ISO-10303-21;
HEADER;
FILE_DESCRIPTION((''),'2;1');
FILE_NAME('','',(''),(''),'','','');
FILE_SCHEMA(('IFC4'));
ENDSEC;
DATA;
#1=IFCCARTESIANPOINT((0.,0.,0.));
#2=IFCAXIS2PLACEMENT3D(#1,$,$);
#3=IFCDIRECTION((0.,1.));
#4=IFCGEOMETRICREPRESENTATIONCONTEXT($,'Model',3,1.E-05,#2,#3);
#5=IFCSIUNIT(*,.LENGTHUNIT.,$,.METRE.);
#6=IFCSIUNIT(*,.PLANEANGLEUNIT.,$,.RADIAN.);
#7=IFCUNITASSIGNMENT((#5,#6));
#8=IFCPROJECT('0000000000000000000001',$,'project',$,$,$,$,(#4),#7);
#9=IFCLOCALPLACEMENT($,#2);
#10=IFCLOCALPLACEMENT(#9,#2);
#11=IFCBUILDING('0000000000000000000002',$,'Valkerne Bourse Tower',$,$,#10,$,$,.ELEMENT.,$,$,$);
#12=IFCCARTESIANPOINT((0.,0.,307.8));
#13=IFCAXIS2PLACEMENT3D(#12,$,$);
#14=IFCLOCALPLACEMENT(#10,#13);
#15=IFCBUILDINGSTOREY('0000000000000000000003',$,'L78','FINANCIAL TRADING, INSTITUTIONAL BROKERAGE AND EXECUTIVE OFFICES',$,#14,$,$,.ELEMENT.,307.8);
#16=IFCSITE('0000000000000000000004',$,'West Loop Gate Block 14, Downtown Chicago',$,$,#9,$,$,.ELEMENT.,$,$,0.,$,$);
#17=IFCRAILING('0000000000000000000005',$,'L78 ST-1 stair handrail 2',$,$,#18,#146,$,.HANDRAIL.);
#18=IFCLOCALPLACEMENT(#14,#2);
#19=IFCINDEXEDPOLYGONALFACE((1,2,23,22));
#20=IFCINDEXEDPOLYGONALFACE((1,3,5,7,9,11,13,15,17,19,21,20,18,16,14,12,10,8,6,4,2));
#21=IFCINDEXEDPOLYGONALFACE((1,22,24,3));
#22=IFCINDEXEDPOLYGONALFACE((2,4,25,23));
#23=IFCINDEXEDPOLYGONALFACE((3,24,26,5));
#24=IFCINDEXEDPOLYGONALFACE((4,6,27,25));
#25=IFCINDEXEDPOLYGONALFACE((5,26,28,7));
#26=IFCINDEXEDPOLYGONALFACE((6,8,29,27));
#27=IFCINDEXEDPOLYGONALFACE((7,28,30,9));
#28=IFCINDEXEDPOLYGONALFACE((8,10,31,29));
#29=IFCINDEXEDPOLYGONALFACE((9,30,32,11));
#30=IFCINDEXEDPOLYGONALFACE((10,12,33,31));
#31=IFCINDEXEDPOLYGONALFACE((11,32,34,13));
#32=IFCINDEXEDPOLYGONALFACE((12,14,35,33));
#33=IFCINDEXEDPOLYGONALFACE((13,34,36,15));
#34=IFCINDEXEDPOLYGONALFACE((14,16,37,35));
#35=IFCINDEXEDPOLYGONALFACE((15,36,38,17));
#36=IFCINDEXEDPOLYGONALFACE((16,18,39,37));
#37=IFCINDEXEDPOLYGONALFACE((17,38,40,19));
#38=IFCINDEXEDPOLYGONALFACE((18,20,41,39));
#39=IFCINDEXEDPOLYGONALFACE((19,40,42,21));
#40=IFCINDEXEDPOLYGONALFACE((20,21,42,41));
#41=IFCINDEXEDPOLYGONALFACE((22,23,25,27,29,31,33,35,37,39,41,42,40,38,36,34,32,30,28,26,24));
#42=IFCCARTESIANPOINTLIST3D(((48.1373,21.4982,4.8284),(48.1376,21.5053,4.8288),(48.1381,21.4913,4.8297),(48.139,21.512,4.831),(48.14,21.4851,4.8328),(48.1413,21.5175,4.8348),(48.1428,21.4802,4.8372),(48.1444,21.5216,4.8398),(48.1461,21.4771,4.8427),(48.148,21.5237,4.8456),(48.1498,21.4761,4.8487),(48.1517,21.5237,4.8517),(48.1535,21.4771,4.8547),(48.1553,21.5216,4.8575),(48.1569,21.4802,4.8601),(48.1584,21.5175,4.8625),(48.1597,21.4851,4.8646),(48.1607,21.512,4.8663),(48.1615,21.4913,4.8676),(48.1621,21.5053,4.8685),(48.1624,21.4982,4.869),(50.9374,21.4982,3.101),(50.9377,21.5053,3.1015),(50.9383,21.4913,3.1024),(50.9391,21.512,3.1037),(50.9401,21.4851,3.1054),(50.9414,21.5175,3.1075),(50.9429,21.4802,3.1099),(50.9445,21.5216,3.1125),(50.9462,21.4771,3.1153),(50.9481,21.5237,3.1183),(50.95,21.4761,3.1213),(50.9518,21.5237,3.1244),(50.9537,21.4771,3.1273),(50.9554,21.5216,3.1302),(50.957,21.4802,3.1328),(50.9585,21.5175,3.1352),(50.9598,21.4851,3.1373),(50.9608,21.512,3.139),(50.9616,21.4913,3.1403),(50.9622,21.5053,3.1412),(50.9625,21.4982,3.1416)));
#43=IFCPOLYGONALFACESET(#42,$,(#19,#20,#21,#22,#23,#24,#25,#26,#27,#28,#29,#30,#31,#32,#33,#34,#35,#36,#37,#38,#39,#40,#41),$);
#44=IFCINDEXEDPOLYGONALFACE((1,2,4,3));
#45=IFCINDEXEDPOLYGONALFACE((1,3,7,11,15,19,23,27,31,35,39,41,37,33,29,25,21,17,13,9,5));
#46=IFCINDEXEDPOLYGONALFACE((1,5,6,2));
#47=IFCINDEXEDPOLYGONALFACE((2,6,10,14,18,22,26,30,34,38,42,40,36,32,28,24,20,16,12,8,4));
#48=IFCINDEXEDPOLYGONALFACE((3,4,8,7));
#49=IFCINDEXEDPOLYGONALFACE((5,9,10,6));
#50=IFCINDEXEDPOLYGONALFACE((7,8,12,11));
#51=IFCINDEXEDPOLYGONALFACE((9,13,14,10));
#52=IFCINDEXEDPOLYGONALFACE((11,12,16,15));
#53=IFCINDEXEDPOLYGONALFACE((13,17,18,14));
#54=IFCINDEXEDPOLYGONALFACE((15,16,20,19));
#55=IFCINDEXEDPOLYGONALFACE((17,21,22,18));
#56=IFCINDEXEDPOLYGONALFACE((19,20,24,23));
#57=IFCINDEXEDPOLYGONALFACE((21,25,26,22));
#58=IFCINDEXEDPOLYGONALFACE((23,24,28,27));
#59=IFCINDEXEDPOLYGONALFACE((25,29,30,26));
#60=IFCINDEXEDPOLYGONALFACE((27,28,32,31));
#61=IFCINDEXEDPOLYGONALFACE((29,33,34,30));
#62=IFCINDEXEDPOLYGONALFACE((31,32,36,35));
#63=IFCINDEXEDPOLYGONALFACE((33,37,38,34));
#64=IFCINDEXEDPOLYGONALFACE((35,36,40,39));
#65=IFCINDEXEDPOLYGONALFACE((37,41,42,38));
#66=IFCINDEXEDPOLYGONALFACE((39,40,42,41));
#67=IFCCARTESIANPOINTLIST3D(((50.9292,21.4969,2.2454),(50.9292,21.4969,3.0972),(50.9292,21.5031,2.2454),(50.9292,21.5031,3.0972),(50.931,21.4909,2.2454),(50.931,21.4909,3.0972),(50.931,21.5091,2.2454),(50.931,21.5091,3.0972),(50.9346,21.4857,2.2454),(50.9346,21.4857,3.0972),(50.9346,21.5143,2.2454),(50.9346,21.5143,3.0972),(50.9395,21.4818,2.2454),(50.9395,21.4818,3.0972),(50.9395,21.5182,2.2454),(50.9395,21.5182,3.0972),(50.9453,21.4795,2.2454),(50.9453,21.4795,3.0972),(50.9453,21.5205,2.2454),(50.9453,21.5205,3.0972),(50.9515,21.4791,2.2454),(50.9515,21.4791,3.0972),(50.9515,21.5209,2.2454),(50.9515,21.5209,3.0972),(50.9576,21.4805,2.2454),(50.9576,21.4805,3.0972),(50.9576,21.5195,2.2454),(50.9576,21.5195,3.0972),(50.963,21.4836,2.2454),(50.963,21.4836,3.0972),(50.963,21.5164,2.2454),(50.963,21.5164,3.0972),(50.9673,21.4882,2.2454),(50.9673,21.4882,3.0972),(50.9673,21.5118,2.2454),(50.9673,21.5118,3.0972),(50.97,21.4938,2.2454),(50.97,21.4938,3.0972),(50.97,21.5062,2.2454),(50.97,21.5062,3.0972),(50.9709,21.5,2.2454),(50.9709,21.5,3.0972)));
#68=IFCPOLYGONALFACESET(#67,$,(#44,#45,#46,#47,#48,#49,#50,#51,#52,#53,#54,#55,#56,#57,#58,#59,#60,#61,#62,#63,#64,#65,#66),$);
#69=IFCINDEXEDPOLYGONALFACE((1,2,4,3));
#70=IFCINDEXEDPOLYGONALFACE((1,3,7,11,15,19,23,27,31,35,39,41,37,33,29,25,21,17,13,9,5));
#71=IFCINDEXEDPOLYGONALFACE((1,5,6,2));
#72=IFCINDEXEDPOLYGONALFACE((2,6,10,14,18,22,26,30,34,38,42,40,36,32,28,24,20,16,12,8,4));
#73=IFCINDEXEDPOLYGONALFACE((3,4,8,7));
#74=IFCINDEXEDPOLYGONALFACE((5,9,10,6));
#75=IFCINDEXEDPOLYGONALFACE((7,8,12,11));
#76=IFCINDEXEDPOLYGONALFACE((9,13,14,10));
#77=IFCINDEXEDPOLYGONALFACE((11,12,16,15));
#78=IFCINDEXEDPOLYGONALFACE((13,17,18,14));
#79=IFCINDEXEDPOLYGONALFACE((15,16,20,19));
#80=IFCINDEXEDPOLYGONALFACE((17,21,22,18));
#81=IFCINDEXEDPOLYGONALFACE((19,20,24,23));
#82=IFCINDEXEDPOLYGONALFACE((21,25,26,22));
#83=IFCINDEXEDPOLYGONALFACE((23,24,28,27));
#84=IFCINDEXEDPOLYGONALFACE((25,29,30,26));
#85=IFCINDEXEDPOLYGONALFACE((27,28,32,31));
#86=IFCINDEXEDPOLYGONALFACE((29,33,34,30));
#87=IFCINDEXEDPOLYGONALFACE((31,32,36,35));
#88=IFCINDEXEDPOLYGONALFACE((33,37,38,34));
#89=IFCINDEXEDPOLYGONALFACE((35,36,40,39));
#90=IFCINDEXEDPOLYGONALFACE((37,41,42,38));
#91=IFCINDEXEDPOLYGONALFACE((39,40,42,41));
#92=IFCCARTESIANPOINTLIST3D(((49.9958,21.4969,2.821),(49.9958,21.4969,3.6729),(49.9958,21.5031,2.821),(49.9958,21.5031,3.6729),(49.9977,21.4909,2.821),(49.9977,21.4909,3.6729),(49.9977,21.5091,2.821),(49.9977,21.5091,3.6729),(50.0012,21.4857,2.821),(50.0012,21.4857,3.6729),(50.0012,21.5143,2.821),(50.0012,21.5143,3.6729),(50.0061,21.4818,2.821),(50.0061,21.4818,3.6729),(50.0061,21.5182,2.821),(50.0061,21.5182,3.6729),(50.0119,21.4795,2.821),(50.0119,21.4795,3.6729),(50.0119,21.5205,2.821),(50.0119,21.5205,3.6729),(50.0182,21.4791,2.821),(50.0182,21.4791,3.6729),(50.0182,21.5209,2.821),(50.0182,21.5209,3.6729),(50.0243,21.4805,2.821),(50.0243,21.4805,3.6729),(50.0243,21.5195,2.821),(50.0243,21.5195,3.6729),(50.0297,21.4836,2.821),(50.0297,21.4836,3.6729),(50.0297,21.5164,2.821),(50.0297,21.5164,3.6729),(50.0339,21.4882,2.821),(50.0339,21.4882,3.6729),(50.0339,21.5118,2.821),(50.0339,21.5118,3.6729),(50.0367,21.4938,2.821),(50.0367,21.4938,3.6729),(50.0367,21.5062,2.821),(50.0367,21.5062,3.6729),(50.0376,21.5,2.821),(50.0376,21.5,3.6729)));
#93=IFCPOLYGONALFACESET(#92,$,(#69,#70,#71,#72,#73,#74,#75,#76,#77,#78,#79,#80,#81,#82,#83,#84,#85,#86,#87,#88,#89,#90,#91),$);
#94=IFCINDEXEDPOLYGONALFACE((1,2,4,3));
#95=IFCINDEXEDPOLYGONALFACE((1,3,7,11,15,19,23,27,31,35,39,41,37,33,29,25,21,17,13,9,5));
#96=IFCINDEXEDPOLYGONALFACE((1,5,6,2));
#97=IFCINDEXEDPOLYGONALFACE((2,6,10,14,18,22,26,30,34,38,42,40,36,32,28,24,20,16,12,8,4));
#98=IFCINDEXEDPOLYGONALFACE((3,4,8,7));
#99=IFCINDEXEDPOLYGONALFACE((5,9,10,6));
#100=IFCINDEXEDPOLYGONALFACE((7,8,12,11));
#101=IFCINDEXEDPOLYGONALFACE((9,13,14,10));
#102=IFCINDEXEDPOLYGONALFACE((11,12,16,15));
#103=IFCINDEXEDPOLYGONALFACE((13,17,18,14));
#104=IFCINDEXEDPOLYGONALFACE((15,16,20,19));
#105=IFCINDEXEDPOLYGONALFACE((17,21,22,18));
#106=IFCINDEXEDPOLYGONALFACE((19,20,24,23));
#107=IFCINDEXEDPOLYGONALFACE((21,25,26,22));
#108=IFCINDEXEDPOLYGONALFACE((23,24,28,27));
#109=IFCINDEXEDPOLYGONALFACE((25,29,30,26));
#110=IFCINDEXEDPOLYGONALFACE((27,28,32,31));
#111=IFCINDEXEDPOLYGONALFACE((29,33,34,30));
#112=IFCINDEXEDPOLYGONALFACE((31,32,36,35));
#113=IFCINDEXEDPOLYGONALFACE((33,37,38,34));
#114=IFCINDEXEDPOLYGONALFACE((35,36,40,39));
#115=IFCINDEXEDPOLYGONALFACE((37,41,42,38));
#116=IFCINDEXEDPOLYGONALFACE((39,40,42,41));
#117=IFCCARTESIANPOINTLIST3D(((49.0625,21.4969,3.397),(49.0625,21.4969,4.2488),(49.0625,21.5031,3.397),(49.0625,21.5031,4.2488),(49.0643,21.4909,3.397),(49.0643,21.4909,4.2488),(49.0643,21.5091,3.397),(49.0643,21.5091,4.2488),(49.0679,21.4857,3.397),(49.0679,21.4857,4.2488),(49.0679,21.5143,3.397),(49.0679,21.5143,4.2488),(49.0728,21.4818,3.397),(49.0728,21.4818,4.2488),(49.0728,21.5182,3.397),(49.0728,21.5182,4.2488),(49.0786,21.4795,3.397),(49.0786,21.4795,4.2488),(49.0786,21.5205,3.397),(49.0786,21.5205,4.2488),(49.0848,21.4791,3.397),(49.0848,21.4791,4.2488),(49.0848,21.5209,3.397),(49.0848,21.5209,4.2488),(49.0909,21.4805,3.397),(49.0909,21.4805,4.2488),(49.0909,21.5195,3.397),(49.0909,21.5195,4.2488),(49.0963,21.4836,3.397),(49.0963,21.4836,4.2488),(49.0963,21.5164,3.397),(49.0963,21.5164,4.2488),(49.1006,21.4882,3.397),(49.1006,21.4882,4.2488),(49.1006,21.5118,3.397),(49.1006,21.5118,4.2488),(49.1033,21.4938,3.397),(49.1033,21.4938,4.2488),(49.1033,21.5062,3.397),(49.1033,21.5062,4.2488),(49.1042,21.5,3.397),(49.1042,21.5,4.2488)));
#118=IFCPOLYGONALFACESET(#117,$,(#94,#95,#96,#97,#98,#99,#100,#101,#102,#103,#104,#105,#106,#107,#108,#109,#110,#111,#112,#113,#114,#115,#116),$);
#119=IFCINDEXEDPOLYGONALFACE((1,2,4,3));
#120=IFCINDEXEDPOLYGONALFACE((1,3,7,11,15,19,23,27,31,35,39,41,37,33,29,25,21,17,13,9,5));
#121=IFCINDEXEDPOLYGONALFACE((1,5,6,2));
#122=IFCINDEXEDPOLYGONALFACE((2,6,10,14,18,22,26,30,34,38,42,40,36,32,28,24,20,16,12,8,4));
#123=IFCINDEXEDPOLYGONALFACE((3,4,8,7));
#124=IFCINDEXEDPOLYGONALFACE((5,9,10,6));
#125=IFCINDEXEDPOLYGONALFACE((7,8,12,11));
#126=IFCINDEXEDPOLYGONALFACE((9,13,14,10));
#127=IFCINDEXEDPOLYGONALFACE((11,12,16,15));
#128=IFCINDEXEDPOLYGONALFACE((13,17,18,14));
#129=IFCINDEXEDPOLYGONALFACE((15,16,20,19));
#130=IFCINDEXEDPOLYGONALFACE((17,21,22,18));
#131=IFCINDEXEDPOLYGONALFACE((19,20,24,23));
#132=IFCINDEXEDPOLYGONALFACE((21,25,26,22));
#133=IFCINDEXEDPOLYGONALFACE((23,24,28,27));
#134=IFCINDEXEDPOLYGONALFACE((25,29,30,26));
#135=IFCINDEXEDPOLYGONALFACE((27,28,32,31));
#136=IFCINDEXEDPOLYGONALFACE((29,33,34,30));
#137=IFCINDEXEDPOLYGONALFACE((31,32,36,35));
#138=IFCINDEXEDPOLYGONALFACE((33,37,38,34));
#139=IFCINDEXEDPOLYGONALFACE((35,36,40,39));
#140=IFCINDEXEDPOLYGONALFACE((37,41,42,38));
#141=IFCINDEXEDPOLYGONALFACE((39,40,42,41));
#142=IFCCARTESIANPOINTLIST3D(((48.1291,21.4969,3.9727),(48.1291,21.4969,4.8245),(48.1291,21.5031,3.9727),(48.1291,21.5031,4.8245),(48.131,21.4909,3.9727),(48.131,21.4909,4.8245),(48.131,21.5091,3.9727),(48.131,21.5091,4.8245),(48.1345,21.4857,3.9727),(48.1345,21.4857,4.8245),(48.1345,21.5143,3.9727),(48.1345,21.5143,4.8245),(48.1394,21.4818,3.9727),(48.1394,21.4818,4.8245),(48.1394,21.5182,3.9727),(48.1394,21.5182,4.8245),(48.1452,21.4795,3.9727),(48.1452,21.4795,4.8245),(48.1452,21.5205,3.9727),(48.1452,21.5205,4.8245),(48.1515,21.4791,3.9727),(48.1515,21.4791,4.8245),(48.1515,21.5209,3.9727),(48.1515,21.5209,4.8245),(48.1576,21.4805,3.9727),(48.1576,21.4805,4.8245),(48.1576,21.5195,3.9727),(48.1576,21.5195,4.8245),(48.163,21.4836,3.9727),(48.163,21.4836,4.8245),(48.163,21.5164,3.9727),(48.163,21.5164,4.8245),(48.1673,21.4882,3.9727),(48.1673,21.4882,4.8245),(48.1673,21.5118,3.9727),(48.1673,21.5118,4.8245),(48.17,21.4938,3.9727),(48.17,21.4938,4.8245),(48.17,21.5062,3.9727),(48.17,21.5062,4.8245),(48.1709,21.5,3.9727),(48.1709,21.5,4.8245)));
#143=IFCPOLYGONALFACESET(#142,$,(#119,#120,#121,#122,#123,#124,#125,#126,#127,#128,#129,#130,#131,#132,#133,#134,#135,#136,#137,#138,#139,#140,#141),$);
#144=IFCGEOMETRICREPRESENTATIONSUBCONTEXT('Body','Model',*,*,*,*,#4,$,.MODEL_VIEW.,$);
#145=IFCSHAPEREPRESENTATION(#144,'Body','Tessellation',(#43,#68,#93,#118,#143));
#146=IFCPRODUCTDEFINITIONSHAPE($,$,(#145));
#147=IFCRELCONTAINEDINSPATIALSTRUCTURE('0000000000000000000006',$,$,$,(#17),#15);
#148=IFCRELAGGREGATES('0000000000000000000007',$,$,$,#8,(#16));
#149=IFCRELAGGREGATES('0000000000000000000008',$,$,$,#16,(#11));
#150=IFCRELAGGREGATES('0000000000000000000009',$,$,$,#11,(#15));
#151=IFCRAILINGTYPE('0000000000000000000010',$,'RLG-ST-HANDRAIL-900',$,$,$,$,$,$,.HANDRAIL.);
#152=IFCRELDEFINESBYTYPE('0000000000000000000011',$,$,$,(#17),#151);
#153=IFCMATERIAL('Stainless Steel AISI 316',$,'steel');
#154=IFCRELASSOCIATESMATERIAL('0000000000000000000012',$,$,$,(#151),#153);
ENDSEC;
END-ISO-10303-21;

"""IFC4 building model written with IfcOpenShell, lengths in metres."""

from ifc_helpers import new_model, si_unit, direction, frame, origin, origin_2d, place, context, subcontext, project, spatial, circle, extrude, material, type_object, element, save


model = new_model("IFC4")

# Units and contexts
model_context = context("Model", 3, precision=1e-05, world=origin(), true_north=direction((0.0, 1.0)))
body_context = subcontext(model_context, "Body", "Model", "MODEL_VIEW")
ifc_project = project(units=[si_unit("LENGTHUNIT", "METRE"), si_unit("PLANEANGLEUNIT", "RADIAN")], contexts=[model_context])

# Site, building, storey
site_placement = place(None, origin())
site = spatial("IfcSite", under=ifc_project, at=site_placement, Name="West Loop Gate Block 14, Downtown Chicago", CompositionType="ELEMENT", RefElevation=0.0)
building_placement = place(site_placement, origin())
building = spatial("IfcBuilding", under=site, at=building_placement, Name="Valkerne Bourse Tower", CompositionType="ELEMENT")
storey_placement = place(building_placement, frame((0.0, 0.0, 307.8)))
storey = spatial("IfcBuildingStorey", under=building, at=storey_placement, Name="L78", Description="FINANCIAL TRADING, INSTITUTIONAL BROKERAGE AND EXECUTIVE OFFICES", CompositionType="ELEMENT", Elevation=307.8)

# Railing
ifc_material_1 = material(Name="Stainless Steel AISI 316", Category="steel")
railing_type_1 = type_object("IfcRailingType", Name="RLG-ST-HANDRAIL-900", PredefinedType="HANDRAIL", material=ifc_material_1)
railing_1_placement = place(storey_placement, frame((50.95, 21.5, 2.2454)))
element("IfcRailing", 1, at=railing_1_placement, inside=storey, type_object=railing_type_1, Name="L78 ST-1 stair handrail 2", PredefinedType="HANDRAIL", context=body_context, shape_type="SweptSolid", body=[
    extrude(circle(Radius=0.0239, at=origin_2d()), frame((0.0, 0.0, 0.876), z_axis=(-0.85109, 0.0, 0.52502), x_axis=(0.0, -1.0, 0.0)), (0.0, 0.0, 1.0), 3.29),
    extrude(circle(Radius=0.021, at=origin_2d()), origin(), (0.0, 0.0, 1.0), 0.8518),
    extrude(circle(Radius=0.021, at=origin_2d()), frame((-0.9333, 0.0, 0.5757)), (0.0, 0.0, 1.0), 0.8518),
    extrude(circle(Radius=0.021, at=origin_2d()), frame((-1.8667, 0.0, 1.1516)), (0.0, 0.0, 1.0), 0.8518),
    extrude(circle(Radius=0.021, at=origin_2d()), frame((-2.8, 0.0, 1.7273)), (0.0, 0.0, 1.0), 0.8518),
])

save(model, "model.ifc")
